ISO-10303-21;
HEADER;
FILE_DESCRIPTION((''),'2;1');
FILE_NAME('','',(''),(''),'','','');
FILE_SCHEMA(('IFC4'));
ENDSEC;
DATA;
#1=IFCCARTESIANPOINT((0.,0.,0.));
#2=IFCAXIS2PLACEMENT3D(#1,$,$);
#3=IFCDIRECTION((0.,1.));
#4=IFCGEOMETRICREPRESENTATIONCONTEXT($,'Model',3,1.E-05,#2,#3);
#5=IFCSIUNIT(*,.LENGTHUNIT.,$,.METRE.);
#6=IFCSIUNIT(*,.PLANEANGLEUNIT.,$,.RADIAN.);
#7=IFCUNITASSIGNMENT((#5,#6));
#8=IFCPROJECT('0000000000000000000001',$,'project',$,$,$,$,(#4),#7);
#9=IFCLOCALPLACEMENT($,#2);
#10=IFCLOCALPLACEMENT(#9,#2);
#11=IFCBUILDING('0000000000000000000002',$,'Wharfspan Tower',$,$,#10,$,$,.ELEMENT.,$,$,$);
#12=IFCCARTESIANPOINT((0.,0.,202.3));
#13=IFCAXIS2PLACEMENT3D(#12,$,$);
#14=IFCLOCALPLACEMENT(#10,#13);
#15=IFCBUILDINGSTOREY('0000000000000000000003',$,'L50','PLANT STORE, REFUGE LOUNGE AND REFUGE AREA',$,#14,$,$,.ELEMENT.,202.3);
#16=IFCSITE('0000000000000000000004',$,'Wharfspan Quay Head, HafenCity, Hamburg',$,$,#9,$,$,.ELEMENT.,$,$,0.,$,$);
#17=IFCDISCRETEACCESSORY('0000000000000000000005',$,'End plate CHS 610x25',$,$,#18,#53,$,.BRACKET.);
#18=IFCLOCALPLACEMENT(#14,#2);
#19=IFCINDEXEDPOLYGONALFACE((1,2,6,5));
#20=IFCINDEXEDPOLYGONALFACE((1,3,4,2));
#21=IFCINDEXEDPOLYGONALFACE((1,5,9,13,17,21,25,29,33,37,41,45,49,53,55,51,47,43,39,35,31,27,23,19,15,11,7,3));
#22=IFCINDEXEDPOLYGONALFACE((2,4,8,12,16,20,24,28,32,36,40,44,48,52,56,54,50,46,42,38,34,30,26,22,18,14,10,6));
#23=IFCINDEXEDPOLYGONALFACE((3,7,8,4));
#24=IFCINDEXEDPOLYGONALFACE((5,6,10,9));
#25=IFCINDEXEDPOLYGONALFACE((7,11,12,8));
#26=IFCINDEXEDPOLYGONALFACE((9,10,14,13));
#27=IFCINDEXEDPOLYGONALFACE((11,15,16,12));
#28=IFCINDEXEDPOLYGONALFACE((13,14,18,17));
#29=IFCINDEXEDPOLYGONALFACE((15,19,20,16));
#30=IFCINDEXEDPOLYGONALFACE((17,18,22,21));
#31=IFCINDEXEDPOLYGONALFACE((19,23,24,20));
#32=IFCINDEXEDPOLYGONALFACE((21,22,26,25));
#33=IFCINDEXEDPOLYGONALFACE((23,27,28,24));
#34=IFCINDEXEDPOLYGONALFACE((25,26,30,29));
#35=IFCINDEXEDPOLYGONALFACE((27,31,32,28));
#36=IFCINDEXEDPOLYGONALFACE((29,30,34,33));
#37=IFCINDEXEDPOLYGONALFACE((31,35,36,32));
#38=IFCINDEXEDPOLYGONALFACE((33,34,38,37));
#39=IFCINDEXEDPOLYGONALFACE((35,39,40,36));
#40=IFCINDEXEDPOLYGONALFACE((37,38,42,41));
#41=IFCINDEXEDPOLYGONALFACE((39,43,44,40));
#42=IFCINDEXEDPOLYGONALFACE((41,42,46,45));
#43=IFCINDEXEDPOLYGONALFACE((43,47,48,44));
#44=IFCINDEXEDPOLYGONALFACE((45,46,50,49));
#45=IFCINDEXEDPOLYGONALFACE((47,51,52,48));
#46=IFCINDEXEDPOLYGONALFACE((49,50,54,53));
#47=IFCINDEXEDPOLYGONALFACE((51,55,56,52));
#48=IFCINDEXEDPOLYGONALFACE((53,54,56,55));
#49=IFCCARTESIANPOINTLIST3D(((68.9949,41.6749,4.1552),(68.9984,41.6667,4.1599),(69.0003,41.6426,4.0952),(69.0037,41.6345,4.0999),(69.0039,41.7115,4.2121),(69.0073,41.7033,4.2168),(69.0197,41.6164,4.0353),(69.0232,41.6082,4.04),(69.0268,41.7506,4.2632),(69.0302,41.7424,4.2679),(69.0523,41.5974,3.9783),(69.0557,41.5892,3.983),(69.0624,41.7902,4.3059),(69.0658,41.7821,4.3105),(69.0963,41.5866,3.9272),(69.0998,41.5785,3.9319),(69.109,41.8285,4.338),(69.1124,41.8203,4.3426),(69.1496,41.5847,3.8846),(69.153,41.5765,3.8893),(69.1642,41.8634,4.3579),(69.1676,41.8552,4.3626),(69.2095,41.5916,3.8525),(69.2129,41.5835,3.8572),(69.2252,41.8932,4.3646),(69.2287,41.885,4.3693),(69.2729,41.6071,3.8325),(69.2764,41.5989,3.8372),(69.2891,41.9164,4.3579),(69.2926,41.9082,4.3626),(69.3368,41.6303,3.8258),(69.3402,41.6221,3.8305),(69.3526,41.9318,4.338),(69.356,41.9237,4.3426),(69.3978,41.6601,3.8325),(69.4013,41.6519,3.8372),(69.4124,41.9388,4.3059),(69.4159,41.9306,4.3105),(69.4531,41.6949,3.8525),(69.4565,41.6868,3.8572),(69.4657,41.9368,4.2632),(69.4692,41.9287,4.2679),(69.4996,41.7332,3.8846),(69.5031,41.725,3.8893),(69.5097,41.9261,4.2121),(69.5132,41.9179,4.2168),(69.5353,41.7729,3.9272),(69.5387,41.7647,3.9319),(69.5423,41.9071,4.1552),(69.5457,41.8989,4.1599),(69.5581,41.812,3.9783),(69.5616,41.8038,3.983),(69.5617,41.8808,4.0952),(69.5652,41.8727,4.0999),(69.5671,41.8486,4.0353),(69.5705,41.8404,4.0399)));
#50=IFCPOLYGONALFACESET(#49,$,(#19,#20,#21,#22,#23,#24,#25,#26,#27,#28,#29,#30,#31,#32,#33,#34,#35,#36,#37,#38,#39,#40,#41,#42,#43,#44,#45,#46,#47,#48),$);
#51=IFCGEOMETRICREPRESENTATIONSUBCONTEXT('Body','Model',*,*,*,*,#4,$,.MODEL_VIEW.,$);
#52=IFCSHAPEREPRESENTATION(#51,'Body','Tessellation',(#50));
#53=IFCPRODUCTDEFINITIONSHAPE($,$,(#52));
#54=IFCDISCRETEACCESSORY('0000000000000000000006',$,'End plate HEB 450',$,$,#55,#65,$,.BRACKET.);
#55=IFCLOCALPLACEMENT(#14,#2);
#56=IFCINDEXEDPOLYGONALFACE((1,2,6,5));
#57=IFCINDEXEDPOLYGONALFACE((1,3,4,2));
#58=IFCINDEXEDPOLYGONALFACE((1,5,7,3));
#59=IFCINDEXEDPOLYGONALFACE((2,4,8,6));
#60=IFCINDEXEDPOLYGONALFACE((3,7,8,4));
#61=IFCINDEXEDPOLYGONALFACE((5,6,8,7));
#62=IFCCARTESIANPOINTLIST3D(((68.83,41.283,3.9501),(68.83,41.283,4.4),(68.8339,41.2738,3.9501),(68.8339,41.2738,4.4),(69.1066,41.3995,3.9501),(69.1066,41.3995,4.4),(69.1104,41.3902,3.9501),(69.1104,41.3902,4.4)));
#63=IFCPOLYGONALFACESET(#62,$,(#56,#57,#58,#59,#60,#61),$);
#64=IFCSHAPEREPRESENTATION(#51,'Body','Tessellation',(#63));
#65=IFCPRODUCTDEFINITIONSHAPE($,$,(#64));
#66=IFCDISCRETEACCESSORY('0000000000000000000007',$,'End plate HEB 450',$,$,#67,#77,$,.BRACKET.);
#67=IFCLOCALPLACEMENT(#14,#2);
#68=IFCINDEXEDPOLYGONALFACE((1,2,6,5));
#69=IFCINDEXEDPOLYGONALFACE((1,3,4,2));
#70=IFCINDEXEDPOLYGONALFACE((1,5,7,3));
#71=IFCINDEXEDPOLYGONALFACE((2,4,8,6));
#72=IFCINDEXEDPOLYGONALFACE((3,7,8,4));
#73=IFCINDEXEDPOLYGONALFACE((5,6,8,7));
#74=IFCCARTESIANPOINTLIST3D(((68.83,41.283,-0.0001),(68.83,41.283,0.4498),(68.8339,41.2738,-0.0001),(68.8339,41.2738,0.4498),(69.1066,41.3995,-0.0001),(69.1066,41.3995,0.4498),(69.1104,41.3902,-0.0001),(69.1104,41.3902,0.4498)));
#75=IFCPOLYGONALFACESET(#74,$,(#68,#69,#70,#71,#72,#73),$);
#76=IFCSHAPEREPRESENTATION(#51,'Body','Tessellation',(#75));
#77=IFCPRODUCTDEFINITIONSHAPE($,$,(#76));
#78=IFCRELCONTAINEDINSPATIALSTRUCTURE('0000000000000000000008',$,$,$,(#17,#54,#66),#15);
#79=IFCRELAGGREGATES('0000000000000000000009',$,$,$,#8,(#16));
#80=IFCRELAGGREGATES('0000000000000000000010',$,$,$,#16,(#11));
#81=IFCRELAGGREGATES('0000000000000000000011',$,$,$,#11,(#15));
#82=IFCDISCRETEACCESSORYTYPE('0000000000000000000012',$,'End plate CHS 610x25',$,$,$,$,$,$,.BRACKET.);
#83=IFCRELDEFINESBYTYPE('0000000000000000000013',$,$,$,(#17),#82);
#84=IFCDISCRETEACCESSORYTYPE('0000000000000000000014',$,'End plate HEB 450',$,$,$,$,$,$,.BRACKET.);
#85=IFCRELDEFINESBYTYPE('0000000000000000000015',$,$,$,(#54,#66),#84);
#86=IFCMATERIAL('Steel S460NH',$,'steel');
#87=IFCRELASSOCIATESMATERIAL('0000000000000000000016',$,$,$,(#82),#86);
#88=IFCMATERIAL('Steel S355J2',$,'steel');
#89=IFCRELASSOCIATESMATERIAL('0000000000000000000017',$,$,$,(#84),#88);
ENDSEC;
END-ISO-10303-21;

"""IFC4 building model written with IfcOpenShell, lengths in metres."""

from ifc_helpers import new_model, si_unit, direction, frame, origin, origin_2d, place, context, subcontext, project, spatial, rectangle, circle, extrude, material, material_profile, profile_set, type_object, element, save


model = new_model("IFC4")

# Units and contexts
model_context = context("Model", 3, precision=1e-05, world=origin(), true_north=direction((0.0, 1.0)))
body_context = subcontext(model_context, "Body", "Model", "MODEL_VIEW")
ifc_project = project(units=[si_unit("LENGTHUNIT", "METRE"), si_unit("PLANEANGLEUNIT", "RADIAN")], contexts=[model_context])

# Site, building, storey
site_placement = place(None, origin())
site = spatial("IfcSite", under=ifc_project, at=site_placement, Name="Wharfspan Quay Head, HafenCity, Hamburg", CompositionType="ELEMENT", RefElevation=0.0)
building_placement = place(site_placement, origin())
building = spatial("IfcBuilding", under=site, at=building_placement, Name="Wharfspan Tower", CompositionType="ELEMENT")
storey_placement = place(building_placement, frame((0.0, 0.0, 202.3)))
storey = spatial("IfcBuildingStorey", under=building, at=storey_placement, Name="L50", Description="PLANT STORE, REFUGE LOUNGE AND REFUGE AREA", CompositionType="ELEMENT", Elevation=202.3)

# Shared definitions
ifc_material_1 = material(Name="Steel S355J2", Category="steel")

# Discrete accessories
ifc_material_2 = material(Name="Steel S460NH", Category="steel")
ifc_material_profile_1 = material_profile(ifc_material_2, circle(Radius=0.3049, at=origin_2d()))
ifc_profile_set_1 = profile_set([ifc_material_profile_1], Name="Steel S460NH")
discrete_accessory_type_1 = type_object("IfcDiscreteAccessoryType", Name="End plate CHS 610x25", PredefinedType="BRACKET", material=ifc_profile_set_1)
discrete_accessory_1_placement = place(storey_placement, frame((69.281, 41.7617, 4.0952), z_axis=(0.345075, -0.81339, 0.468316), x_axis=(0.920586, 0.390551, -0.000002)))
element("IfcDiscreteAccessory", 1, at=discrete_accessory_1_placement, inside=storey, type_object=discrete_accessory_type_1, Name="End plate CHS 610x25", PredefinedType="BRACKET", context=body_context, shape_type="SweptSolid", body=[
    extrude(circle(Radius=0.3049, at=origin_2d()), origin(), (0.0, 0.0, 1.0), 0.01),
])
ifc_material_profile_2 = material_profile(ifc_material_1, rectangle(XDim=0.3, YDim=0.45, at=origin_2d()))
ifc_profile_set_2 = profile_set([ifc_material_profile_2], Name="Steel S355J2")
discrete_accessory_type_2 = type_object("IfcDiscreteAccessoryType", Name="End plate HEB 450", PredefinedType="BRACKET", material=ifc_profile_set_2)
for number, where, z_axis, x_axis, name in (
    (2, (68.9722, 41.332, 4.175), (-0.388057, 0.921635, 0.0), (-0.921635, -0.388057, 0.0), "End plate HEB 450"),
    (3, (68.9722, 41.332, 0.2249), (-0.388057, 0.921635, 0.0), (-0.921635, -0.388057, 0.0), "End plate HEB 450"),
):
    element("IfcDiscreteAccessory", number, at=place(storey_placement, frame(where, z_axis=z_axis, x_axis=x_axis)), inside=storey, type_object=discrete_accessory_type_2, Name=name, PredefinedType="BRACKET", context=body_context, shape_type="SweptSolid", body=[
        extrude(rectangle(XDim=0.3, YDim=0.45, at=origin_2d()), origin(), (0.0, 0.0, 1.0), 0.01),
    ])

save(model, "model.ifc")
